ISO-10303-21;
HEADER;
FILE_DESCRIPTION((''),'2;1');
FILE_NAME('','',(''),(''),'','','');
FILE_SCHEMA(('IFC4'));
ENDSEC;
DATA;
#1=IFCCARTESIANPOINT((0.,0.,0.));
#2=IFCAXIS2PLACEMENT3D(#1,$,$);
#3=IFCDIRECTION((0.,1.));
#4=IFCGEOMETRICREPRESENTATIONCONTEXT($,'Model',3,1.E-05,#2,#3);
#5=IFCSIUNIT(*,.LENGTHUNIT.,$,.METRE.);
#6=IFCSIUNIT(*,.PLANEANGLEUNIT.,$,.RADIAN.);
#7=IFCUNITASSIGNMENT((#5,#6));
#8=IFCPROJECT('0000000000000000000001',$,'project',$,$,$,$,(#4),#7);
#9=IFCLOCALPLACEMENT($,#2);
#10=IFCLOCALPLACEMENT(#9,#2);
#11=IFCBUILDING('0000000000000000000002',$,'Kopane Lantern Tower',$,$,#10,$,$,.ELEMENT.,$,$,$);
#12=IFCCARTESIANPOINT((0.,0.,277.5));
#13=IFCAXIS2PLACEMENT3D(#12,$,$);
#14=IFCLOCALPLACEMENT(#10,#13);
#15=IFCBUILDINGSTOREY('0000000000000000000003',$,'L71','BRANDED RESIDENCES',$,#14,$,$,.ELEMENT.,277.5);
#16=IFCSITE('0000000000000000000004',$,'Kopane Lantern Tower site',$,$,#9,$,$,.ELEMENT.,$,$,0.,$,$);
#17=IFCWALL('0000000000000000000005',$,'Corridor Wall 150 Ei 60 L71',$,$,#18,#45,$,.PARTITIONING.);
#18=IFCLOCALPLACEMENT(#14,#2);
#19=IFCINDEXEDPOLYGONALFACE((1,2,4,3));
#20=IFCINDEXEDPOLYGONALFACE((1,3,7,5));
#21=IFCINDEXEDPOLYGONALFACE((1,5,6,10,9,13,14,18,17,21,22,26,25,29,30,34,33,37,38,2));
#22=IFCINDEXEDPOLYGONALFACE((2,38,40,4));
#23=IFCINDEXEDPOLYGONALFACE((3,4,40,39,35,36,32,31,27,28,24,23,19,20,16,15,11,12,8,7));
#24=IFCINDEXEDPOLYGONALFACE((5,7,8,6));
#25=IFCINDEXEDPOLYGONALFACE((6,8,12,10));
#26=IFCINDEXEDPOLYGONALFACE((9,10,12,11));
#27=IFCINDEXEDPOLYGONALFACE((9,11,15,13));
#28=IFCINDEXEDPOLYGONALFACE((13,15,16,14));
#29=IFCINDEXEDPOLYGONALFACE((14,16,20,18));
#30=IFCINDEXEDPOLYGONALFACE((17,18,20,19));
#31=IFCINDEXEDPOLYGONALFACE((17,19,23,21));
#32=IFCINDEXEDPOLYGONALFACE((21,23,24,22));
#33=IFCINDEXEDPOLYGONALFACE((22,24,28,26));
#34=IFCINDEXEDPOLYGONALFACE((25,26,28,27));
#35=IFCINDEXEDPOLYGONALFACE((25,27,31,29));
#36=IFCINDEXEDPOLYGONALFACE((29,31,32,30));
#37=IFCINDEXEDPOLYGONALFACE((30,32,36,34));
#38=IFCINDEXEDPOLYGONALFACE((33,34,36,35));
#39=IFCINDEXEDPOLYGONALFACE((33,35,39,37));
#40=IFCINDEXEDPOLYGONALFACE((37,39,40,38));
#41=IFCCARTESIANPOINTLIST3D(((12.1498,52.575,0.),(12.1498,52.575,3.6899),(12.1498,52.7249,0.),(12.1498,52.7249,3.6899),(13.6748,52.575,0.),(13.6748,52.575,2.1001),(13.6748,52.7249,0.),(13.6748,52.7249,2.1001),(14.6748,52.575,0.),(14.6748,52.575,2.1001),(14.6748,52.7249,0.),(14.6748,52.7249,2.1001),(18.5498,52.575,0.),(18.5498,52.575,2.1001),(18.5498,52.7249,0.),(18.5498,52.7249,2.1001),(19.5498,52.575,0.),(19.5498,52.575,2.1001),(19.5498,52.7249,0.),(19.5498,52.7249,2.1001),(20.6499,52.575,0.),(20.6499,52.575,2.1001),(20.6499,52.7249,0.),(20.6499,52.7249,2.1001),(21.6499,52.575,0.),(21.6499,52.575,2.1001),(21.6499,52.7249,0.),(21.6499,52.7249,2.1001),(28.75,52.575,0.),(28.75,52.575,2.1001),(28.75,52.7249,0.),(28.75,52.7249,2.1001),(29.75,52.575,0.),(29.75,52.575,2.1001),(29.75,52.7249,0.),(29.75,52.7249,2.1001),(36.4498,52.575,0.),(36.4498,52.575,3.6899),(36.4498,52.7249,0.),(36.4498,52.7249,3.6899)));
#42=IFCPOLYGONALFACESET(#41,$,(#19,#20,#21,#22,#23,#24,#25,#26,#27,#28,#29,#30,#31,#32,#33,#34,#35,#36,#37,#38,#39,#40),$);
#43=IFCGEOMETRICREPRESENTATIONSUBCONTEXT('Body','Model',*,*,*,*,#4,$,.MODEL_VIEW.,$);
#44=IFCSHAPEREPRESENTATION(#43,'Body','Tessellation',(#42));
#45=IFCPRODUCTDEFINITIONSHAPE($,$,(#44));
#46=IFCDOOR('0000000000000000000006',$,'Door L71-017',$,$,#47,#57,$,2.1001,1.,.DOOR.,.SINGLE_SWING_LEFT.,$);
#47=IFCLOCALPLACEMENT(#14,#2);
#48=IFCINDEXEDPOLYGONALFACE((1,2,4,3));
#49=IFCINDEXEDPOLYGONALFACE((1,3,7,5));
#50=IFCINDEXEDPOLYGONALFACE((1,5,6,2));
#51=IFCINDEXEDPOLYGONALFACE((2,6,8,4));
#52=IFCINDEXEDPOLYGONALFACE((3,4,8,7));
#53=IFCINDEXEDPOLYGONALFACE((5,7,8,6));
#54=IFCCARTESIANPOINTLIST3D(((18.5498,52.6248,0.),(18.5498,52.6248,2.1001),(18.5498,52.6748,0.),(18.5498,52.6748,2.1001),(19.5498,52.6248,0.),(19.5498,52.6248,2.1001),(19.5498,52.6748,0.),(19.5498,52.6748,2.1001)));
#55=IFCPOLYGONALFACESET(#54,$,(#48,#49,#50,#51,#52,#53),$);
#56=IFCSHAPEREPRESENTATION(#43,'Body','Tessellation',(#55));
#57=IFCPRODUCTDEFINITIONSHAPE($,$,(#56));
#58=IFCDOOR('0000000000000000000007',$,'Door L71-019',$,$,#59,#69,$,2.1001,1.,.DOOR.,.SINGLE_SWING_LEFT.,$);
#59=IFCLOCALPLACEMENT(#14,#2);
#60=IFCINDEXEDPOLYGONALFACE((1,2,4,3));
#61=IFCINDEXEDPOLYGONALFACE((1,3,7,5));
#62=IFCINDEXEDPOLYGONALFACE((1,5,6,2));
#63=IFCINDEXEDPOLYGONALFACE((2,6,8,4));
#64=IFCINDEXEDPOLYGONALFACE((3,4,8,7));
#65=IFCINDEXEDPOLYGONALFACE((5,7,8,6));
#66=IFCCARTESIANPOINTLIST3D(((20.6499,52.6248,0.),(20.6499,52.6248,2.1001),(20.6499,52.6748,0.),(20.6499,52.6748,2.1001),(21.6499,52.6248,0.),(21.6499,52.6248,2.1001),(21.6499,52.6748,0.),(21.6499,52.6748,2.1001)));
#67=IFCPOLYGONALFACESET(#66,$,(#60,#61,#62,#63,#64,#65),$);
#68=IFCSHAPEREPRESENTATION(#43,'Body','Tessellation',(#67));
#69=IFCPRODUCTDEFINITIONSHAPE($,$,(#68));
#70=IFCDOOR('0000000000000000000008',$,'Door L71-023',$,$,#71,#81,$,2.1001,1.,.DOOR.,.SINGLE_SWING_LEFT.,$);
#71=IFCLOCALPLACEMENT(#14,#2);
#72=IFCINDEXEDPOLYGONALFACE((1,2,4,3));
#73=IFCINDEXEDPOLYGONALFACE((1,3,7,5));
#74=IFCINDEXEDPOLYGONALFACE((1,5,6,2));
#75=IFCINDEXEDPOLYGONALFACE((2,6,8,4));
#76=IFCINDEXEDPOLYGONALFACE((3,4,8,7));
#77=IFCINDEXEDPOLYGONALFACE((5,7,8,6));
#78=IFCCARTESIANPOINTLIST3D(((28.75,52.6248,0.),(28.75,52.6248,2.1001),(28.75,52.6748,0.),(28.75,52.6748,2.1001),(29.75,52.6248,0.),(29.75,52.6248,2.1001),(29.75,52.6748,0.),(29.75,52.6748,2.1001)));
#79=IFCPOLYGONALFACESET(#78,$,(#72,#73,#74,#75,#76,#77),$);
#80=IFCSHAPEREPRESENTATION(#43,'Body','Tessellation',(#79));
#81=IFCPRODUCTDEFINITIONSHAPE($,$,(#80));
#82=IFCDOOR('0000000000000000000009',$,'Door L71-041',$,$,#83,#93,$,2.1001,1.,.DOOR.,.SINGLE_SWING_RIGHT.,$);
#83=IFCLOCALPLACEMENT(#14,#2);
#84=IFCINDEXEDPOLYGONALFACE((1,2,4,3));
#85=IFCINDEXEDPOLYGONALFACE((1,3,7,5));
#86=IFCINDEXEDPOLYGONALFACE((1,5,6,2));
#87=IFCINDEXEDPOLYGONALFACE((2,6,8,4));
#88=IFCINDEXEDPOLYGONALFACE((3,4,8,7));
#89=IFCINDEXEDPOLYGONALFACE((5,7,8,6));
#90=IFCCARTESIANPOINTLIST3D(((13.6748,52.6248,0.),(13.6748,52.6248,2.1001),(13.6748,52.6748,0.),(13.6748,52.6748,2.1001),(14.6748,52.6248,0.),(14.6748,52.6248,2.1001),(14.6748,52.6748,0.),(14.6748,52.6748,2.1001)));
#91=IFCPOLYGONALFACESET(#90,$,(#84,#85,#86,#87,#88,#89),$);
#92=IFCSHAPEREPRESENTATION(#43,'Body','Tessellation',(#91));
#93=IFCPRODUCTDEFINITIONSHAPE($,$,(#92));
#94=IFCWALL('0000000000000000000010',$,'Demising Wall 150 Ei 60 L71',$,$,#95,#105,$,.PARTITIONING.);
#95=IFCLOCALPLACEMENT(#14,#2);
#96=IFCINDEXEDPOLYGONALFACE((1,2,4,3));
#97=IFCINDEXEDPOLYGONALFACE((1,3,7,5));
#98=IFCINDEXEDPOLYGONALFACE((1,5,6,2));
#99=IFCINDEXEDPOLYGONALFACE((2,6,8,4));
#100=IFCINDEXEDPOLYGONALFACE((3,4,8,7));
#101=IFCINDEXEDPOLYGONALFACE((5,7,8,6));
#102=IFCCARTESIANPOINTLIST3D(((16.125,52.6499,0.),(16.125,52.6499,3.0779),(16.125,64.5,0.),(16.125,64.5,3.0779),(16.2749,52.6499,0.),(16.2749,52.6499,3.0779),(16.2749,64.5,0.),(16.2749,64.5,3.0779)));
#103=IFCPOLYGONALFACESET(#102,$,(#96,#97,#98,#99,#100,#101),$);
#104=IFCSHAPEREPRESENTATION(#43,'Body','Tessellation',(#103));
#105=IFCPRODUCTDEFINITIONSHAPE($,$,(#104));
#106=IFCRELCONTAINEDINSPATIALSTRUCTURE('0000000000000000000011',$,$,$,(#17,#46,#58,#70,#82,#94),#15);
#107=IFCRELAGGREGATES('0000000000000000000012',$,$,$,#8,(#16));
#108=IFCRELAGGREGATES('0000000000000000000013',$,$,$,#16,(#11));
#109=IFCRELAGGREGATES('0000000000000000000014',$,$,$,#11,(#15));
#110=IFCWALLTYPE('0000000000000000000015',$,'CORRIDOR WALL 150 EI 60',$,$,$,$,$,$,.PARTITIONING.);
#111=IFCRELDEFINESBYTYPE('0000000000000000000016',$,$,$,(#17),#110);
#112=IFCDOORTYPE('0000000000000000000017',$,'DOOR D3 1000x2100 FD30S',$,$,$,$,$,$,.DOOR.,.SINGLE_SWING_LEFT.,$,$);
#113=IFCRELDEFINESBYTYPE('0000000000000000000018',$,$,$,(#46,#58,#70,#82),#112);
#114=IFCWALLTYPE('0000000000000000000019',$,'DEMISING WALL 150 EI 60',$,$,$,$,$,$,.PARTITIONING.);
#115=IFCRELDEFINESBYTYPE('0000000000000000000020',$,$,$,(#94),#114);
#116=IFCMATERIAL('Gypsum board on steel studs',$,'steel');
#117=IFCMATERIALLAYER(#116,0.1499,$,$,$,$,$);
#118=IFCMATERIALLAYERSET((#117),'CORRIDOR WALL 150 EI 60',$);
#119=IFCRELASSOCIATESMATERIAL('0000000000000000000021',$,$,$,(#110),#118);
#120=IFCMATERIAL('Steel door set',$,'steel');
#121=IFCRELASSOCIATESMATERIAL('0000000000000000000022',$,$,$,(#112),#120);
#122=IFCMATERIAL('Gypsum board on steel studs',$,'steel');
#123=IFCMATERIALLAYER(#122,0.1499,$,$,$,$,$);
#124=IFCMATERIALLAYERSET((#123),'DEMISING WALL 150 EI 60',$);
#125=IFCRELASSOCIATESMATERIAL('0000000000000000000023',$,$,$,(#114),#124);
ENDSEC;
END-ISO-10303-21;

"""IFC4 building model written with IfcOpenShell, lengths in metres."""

from ifc_helpers import new_model, si_unit, direction, frame, frame_2d, origin, place, context, subcontext, project, spatial, rectangle, extrude, material, layer, layer_set, type_object, element, fill, save


model = new_model("IFC4")

# Units and contexts
model_context = context("Model", 3, precision=1e-05, world=origin(), true_north=direction((0.0, 1.0)))
body_context = subcontext(model_context, "Body", "Model", "MODEL_VIEW")
ifc_project = project(units=[si_unit("LENGTHUNIT", "METRE"), si_unit("PLANEANGLEUNIT", "RADIAN")], contexts=[model_context])

# Site, building, storey
site_placement = place(None, origin())
site = spatial("IfcSite", under=ifc_project, at=site_placement, Name="Kopane Lantern Tower site", CompositionType="ELEMENT", RefElevation=0.0)
building_placement = place(site_placement, origin())
building = spatial("IfcBuilding", under=site, at=building_placement, Name="Kopane Lantern Tower", CompositionType="ELEMENT")
storey_placement = place(building_placement, frame((0.0, 0.0, 277.5)))
storey = spatial("IfcBuildingStorey", under=building, at=storey_placement, Name="L71", Description="BRANDED RESIDENCES", CompositionType="ELEMENT", Elevation=277.5)

# Wall, openings, doors
ifc_material_1 = material(Name="Gypsum board on steel studs", Category="steel")
ifc_layer_1 = layer(ifc_material_1, 0.1499)
ifc_layer_set_1 = layer_set([ifc_layer_1], Name="CORRIDOR WALL 150 EI 60")
wall_type_1 = type_object("IfcWallType", Name="CORRIDOR WALL 150 EI 60", PredefinedType="PARTITIONING", material=ifc_layer_set_1)
wall_1_placement = place(storey_placement, frame((12.1499, 52.6499, 0.0), z_axis=(0.0, 0.0, 1.0), x_axis=(1.0, 0.0, 0.0)))
wall_1 = element("IfcWall", 1, at=wall_1_placement, inside=storey, type_object=wall_type_1, Name="Corridor Wall 150 Ei 60 L71", PredefinedType="PARTITIONING", context=body_context, shape_type="SweptSolid", body=[
    extrude(rectangle(XDim=24.3, YDim=0.1499, at=frame_2d((12.1499, 0.0))), origin(), (0.0, 0.0, 1.0), 3.6899),
])
opening_1_placement = place(wall_1_placement, frame((6.3999, 0.0, 0.0)))
opening_1 = element("IfcOpeningElement", 2, at=opening_1_placement, cuts=wall_1, PredefinedType="OPENING", context=body_context, shape_type="SweptSolid", body=[
    extrude(rectangle(XDim=1.0, YDim=2.1001, at=frame_2d((0.5, 1.05))), frame((0.0, 0.085, 0.0), z_axis=(0.0, -1.0, 0.0), x_axis=(1.0, 0.0, 0.0)), (0.0, 0.0, 1.0), 0.1699),
])
opening_2_placement = place(wall_1_placement, frame((8.5, 0.0, 0.0)))
opening_2 = element("IfcOpeningElement", 3, at=opening_2_placement, cuts=wall_1, PredefinedType="OPENING", context=body_context, shape_type="SweptSolid", body=[
    extrude(rectangle(XDim=1.0, YDim=2.1001, at=frame_2d((0.5, 1.05))), frame((0.0, 0.085, 0.0), z_axis=(0.0, -1.0, 0.0), x_axis=(1.0, 0.0, 0.0)), (0.0, 0.0, 1.0), 0.1699),
])
opening_3_placement = place(wall_1_placement, frame((16.6001, 0.0, 0.0)))
opening_3 = element("IfcOpeningElement", 4, at=opening_3_placement, cuts=wall_1, PredefinedType="OPENING", context=body_context, shape_type="SweptSolid", body=[
    extrude(rectangle(XDim=1.0, YDim=2.1001, at=frame_2d((0.5, 1.05))), frame((0.0, 0.085, 0.0), z_axis=(0.0, -1.0, 0.0), x_axis=(1.0, 0.0, 0.0)), (0.0, 0.0, 1.0), 0.1699),
])
opening_4_placement = place(wall_1_placement, frame((1.5249, 0.0, 0.0)))
opening_4 = element("IfcOpeningElement", 5, at=opening_4_placement, cuts=wall_1, PredefinedType="OPENING", context=body_context, shape_type="SweptSolid", body=[
    extrude(rectangle(XDim=1.0, YDim=2.1001, at=frame_2d((0.5, 1.05))), frame((0.0, 0.085, 0.0), z_axis=(0.0, -1.0, 0.0), x_axis=(1.0, 0.0, 0.0)), (0.0, 0.0, 1.0), 0.1699),
])
ifc_material_2 = material(Name="Steel door set", Category="steel")
door_type_1 = type_object("IfcDoorType", Name="DOOR D3 1000x2100 FD30S", OperationType="SINGLE_SWING_LEFT", PredefinedType="DOOR", material=ifc_material_2)
door_1_placement = place(opening_1_placement, origin())
door_1 = element("IfcDoor", 6, at=door_1_placement, inside=storey, type_object=door_type_1, Name="Door L71-017", OperationType="SINGLE_SWING_LEFT", OverallHeight=2.1001, OverallWidth=1.0, PredefinedType="DOOR", context=body_context, shape_type="SweptSolid", body=[
    extrude(rectangle(XDim=1.0, YDim=2.1001, at=frame_2d((0.5, 1.05))), frame((0.0, 0.0249, 0.0), z_axis=(0.0, -1.0, 0.0), x_axis=(1.0, 0.0, 0.0)), (0.0, 0.0, 1.0), 0.05),
])
fill(opening_1, door_1)
door_2_placement = place(opening_2_placement, origin())
door_2 = element("IfcDoor", 7, at=door_2_placement, inside=storey, type_object=door_type_1, Name="Door L71-019", OperationType="SINGLE_SWING_LEFT", OverallHeight=2.1001, OverallWidth=1.0, PredefinedType="DOOR", context=body_context, shape_type="SweptSolid", body=[
    extrude(rectangle(XDim=1.0, YDim=2.1001, at=frame_2d((0.5, 1.05))), frame((0.0, 0.0249, 0.0), z_axis=(0.0, -1.0, 0.0), x_axis=(1.0, 0.0, 0.0)), (0.0, 0.0, 1.0), 0.05),
])
fill(opening_2, door_2)
door_3_placement = place(opening_3_placement, origin())
door_3 = element("IfcDoor", 8, at=door_3_placement, inside=storey, type_object=door_type_1, Name="Door L71-023", OperationType="SINGLE_SWING_LEFT", OverallHeight=2.1001, OverallWidth=1.0, PredefinedType="DOOR", context=body_context, shape_type="SweptSolid", body=[
    extrude(rectangle(XDim=1.0, YDim=2.1001, at=frame_2d((0.5, 1.05))), frame((0.0, 0.0249, 0.0), z_axis=(0.0, -1.0, 0.0), x_axis=(1.0, 0.0, 0.0)), (0.0, 0.0, 1.0), 0.05),
])
fill(opening_3, door_3)
door_4_placement = place(opening_4_placement, origin())
door_4 = element("IfcDoor", 9, at=door_4_placement, inside=storey, type_object=door_type_1, Name="Door L71-041", OperationType="SINGLE_SWING_RIGHT", OverallHeight=2.1001, OverallWidth=1.0, PredefinedType="DOOR", context=body_context, shape_type="SweptSolid", body=[
    extrude(rectangle(XDim=1.0, YDim=2.1001, at=frame_2d((0.5, 1.05))), frame((0.0, 0.0249, 0.0), z_axis=(0.0, -1.0, 0.0), x_axis=(1.0, 0.0, 0.0)), (0.0, 0.0, 1.0), 0.05),
])
fill(opening_4, door_4)

# Wall
ifc_material_3 = material(Name="Gypsum board on steel studs", Category="steel")
ifc_layer_2 = layer(ifc_material_3, 0.1499)
ifc_layer_set_2 = layer_set([ifc_layer_2], Name="DEMISING WALL 150 EI 60")
wall_type_2 = type_object("IfcWallType", Name="DEMISING WALL 150 EI 60", PredefinedType="PARTITIONING", material=ifc_layer_set_2)
wall_2_placement = place(storey_placement, frame((16.2, 52.6499, 0.0), z_axis=(0.0, 0.0, 1.0), x_axis=(0.0, 1.0, 0.0)))
element("IfcWall", 10, at=wall_2_placement, inside=storey, type_object=wall_type_2, Name="Demising Wall 150 Ei 60 L71", PredefinedType="PARTITIONING", context=body_context, shape_type="SweptSolid", body=[
    extrude(rectangle(XDim=11.8501, YDim=0.1499, at=frame_2d((5.925, 0.0))), origin(), (0.0, 0.0, 1.0), 3.0779),
])

save(model, "model.ifc")
